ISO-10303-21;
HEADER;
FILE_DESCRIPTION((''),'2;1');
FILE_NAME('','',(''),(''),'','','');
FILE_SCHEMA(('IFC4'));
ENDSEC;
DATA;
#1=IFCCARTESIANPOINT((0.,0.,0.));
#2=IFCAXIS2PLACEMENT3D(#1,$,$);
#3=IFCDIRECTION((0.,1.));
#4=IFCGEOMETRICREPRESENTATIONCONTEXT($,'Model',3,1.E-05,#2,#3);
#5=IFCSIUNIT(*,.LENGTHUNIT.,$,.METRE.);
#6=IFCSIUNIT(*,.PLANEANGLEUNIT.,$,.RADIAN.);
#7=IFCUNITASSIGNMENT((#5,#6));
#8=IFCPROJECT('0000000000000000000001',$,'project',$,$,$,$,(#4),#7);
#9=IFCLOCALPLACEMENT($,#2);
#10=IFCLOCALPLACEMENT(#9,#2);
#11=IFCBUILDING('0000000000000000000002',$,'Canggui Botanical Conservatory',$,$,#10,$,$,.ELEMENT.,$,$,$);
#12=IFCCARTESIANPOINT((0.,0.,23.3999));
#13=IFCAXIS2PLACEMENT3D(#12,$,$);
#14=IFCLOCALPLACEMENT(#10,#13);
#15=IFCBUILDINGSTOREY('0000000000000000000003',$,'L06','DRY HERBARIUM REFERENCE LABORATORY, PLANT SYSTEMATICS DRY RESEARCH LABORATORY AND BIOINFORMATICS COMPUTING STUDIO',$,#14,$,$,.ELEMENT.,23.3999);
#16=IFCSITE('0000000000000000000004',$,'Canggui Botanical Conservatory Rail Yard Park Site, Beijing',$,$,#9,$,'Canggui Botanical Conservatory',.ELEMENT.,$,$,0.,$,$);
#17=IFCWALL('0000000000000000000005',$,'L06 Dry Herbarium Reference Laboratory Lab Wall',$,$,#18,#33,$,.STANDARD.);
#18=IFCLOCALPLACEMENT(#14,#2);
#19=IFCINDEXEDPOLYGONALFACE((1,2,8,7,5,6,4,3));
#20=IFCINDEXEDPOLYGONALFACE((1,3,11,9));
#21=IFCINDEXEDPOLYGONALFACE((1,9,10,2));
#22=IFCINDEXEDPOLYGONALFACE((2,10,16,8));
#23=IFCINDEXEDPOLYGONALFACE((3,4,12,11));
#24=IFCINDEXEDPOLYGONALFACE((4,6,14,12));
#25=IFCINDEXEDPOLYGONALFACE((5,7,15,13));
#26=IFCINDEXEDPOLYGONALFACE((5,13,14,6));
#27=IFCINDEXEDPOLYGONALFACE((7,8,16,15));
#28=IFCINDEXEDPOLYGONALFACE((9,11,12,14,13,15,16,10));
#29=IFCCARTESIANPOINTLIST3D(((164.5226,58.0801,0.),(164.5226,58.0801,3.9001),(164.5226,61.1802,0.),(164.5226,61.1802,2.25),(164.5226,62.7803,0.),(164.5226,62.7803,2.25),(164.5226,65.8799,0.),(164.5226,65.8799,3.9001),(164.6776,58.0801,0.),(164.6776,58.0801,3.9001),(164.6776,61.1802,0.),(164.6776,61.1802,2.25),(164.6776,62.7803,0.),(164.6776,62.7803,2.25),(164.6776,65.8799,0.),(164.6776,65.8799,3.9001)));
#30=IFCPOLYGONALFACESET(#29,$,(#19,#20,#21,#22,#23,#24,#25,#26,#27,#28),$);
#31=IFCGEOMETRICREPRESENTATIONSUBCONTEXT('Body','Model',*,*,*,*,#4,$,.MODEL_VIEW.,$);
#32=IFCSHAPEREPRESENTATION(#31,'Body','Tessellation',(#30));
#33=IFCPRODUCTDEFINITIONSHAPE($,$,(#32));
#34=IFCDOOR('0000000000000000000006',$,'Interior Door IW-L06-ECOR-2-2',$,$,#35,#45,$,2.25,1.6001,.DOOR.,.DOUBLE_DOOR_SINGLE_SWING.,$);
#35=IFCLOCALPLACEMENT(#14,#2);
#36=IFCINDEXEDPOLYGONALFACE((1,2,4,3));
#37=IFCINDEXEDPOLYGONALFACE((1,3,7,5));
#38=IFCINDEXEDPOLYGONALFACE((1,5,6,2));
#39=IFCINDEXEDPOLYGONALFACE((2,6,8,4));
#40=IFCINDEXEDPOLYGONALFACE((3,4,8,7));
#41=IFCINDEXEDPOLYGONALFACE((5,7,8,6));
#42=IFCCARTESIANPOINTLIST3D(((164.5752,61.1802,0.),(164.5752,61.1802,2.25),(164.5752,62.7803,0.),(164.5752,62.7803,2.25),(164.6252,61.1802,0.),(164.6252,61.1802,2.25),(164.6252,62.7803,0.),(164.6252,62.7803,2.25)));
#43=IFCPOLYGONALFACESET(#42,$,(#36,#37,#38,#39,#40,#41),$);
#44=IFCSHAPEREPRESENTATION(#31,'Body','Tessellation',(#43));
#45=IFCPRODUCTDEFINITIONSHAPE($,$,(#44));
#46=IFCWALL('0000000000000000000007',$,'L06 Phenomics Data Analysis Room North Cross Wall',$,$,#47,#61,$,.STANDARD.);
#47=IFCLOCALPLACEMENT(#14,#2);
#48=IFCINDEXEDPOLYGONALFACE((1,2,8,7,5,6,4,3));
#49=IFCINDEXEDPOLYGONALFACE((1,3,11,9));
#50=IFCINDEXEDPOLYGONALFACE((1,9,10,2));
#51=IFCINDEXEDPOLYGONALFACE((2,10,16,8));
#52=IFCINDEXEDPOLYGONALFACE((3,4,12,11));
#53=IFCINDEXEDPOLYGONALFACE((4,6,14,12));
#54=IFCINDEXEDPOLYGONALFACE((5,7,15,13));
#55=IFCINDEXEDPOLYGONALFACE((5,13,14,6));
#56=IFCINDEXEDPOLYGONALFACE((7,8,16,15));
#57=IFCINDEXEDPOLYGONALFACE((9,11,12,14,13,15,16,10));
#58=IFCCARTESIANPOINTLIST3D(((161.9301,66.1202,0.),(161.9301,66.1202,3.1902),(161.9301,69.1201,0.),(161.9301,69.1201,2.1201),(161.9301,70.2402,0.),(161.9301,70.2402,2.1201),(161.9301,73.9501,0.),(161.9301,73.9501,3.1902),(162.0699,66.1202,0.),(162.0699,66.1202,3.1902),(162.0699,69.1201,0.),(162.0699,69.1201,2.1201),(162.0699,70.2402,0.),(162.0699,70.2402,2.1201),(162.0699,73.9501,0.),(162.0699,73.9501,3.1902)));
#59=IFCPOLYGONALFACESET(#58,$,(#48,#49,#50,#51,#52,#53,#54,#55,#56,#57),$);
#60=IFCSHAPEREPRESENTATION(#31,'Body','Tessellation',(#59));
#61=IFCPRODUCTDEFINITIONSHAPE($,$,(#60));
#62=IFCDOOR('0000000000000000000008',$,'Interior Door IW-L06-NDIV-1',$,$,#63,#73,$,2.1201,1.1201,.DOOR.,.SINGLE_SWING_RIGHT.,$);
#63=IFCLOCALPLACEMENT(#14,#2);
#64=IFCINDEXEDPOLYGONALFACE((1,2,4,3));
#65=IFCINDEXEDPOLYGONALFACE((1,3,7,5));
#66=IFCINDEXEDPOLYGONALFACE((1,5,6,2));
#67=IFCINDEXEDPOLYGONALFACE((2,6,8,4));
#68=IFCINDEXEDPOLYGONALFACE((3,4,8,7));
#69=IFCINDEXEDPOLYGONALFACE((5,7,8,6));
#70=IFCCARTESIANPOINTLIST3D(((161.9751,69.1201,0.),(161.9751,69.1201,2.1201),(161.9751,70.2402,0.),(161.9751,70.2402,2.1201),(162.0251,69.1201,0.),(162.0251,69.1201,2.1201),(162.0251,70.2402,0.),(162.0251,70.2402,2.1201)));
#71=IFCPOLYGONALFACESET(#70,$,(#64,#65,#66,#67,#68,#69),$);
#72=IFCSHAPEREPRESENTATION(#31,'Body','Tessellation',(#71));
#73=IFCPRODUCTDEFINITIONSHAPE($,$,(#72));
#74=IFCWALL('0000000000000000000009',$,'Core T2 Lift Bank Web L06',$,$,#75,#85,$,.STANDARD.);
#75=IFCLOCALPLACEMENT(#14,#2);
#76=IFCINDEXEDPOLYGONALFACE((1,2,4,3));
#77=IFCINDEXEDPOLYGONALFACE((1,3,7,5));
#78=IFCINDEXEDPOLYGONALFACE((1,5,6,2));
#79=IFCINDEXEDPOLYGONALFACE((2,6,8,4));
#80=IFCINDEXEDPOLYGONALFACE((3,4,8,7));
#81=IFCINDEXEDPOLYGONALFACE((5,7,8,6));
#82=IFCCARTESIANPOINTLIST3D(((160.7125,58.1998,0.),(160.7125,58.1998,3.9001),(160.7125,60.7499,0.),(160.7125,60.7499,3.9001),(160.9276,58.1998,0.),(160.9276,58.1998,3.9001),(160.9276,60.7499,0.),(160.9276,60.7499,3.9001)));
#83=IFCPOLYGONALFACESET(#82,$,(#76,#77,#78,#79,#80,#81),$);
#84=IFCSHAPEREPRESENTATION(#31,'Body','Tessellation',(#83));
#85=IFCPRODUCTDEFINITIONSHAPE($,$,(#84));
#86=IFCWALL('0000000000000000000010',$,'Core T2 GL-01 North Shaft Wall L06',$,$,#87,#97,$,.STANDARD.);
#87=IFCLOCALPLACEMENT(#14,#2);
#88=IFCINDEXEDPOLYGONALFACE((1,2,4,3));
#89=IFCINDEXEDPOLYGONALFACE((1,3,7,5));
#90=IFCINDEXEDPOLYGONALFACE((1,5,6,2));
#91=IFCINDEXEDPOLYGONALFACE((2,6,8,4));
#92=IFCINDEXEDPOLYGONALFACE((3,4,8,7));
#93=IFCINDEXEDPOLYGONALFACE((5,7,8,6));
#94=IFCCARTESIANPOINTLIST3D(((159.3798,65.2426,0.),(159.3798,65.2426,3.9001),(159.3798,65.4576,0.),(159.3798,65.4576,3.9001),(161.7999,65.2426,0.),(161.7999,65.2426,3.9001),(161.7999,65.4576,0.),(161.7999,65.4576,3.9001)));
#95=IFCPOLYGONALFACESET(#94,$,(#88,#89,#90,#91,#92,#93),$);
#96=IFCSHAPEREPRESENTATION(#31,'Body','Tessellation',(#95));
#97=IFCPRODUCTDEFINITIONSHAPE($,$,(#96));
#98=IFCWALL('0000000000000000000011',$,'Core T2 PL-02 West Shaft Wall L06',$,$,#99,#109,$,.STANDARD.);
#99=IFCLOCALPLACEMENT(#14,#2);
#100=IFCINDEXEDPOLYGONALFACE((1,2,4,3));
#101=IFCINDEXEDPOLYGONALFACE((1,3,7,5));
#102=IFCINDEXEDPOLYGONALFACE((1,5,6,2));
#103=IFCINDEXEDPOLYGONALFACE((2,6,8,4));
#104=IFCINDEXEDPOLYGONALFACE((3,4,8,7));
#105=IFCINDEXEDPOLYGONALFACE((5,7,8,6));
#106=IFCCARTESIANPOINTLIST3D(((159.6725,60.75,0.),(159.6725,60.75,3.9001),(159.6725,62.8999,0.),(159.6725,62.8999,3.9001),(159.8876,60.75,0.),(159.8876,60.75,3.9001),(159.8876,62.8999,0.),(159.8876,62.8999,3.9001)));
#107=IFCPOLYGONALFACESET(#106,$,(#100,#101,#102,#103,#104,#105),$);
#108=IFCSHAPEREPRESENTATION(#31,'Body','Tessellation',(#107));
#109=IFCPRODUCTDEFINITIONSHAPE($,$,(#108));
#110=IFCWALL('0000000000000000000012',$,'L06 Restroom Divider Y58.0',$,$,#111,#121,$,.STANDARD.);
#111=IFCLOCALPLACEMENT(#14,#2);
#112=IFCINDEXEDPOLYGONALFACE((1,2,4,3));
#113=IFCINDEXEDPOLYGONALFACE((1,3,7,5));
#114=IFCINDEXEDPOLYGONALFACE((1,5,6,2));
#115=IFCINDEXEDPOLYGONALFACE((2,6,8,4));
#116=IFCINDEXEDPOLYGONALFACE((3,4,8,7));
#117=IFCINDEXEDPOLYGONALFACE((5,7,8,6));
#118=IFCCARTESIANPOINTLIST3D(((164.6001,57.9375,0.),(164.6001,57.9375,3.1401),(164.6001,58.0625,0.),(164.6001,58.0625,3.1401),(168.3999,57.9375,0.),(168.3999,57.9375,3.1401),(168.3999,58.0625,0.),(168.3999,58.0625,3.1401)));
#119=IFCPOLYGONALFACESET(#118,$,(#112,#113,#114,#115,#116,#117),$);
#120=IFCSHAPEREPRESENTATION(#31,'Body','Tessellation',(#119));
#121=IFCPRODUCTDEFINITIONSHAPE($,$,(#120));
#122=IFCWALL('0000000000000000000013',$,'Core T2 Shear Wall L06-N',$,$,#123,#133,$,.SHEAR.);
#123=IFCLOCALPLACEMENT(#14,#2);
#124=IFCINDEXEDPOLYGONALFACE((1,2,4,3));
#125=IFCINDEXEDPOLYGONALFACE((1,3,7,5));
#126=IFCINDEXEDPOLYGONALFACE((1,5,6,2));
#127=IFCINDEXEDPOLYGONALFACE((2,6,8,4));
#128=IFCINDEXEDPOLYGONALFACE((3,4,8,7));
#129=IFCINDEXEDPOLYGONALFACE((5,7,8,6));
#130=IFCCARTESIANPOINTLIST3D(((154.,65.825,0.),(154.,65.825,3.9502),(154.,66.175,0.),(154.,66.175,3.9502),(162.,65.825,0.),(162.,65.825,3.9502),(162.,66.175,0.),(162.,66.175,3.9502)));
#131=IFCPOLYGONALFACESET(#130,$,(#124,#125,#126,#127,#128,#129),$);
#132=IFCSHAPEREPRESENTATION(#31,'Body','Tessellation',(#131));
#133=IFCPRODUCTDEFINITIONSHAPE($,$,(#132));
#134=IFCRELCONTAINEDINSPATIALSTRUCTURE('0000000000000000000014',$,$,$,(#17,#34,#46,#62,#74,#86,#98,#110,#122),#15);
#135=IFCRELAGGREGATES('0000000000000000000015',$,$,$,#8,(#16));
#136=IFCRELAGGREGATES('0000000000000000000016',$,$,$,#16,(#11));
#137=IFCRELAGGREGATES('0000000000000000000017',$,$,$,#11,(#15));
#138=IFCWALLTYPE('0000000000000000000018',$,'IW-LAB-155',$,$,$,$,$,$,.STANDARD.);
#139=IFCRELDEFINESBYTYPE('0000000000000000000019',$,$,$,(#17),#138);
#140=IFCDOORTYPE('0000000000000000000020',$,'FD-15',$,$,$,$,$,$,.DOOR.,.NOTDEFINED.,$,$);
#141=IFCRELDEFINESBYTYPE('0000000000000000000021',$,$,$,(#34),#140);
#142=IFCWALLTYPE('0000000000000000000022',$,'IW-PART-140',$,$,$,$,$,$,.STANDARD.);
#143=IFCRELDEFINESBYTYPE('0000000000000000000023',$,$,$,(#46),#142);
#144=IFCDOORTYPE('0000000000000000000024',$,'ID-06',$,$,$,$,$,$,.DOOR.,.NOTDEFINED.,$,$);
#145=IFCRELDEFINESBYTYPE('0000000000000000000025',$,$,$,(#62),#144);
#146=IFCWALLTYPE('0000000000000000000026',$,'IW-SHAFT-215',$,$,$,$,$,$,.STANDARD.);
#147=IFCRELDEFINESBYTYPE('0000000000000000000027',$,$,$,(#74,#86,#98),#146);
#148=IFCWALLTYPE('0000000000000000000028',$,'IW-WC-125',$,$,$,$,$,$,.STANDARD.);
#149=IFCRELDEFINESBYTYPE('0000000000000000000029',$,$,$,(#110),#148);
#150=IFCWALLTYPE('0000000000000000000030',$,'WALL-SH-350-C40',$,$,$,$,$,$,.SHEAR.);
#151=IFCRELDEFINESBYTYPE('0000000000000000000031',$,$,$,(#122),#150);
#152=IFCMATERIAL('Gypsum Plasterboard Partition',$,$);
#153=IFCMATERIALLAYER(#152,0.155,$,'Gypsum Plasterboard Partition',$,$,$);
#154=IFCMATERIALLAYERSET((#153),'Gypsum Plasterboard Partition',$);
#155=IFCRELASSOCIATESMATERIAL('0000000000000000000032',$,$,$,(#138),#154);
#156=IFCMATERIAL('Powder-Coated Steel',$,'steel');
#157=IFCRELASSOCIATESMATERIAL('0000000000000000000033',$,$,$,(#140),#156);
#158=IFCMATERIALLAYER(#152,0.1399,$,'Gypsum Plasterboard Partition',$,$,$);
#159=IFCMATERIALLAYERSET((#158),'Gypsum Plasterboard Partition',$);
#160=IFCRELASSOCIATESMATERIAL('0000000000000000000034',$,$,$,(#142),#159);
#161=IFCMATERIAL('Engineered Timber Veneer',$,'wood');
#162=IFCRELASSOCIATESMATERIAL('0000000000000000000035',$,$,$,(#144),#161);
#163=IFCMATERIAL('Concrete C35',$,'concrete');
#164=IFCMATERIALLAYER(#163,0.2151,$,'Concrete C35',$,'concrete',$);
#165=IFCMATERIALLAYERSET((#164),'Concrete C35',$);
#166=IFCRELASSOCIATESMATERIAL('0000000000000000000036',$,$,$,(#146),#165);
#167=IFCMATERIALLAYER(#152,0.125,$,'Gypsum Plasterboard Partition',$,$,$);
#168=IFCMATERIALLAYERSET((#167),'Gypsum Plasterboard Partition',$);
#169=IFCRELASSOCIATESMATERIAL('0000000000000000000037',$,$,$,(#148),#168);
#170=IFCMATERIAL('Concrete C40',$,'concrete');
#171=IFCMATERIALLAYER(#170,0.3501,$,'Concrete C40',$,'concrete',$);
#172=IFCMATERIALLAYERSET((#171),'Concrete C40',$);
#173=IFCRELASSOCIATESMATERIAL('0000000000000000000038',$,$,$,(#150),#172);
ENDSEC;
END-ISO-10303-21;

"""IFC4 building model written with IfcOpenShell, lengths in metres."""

from ifc_helpers import new_model, si_unit, direction, frame, frame_2d, origin, place, context, subcontext, project, spatial, rectangle, extrude, material, layer, layer_set, type_object, element, fill, save


model = new_model("IFC4")

# Units and contexts
model_context = context("Model", 3, precision=1e-05, world=origin(), true_north=direction((0.0, 1.0)))
body_context = subcontext(model_context, "Body", "Model", "MODEL_VIEW")
ifc_project = project(units=[si_unit("LENGTHUNIT", "METRE"), si_unit("PLANEANGLEUNIT", "RADIAN")], contexts=[model_context])

# Site, building, storey
site_placement = place(None, origin())
site = spatial("IfcSite", under=ifc_project, at=site_placement, Name="Canggui Botanical Conservatory Rail Yard Park Site, Beijing", LongName="Canggui Botanical Conservatory", CompositionType="ELEMENT", RefElevation=0.0)
building_placement = place(site_placement, origin())
building = spatial("IfcBuilding", under=site, at=building_placement, Name="Canggui Botanical Conservatory", CompositionType="ELEMENT")
storey_placement = place(building_placement, frame((0.0, 0.0, 23.3999)))
storey = spatial("IfcBuildingStorey", under=building, at=storey_placement, Name="L06", Description="DRY HERBARIUM REFERENCE LABORATORY, PLANT SYSTEMATICS DRY RESEARCH LABORATORY AND BIOINFORMATICS COMPUTING STUDIO", CompositionType="ELEMENT", Elevation=23.3999)

# Shared definitions
ifc_material_1 = material(Name="Concrete C40", Category="concrete")

# Shared definitions
ifc_material_2 = material(Name="Concrete C35", Category="concrete")

# Walls, openings, doors
ifc_material_3 = material(Name="Gypsum Plasterboard Partition")
ifc_material_4 = material(Name="Powder-Coated Steel", Category="steel")
ifc_layer_1 = layer(ifc_material_3, 0.155, Name="Gypsum Plasterboard Partition")
ifc_layer_set_1 = layer_set([ifc_layer_1], Name="Gypsum Plasterboard Partition")
wall_type_1 = type_object("IfcWallType", Name="IW-LAB-155", PredefinedType="STANDARD", material=ifc_layer_set_1)
wall_1_placement = place(storey_placement, frame((164.6001, 58.0801, 0.0), z_axis=(0.0, 0.0, 1.0), x_axis=(0.0, 1.0, 0.0)))
wall_1 = element("IfcWall", 1, at=wall_1_placement, inside=storey, type_object=wall_type_1, Name="L06 Dry Herbarium Reference Laboratory Lab Wall", PredefinedType="STANDARD", context=body_context, shape_type="SweptSolid", body=[
    extrude(rectangle(XDim=7.7998, YDim=0.155, at=frame_2d((3.8999, 0.0))), origin(), (0.0, 0.0, 1.0), 3.9001),
])
opening_1_placement = place(wall_1_placement, frame((3.1001, 0.0, 0.0)))
opening_1 = element("IfcOpeningElement", 2, at=opening_1_placement, cuts=wall_1, PredefinedType="OPENING", context=body_context, shape_type="SweptSolid", body=[
    extrude(rectangle(XDim=1.6001, YDim=2.25, at=frame_2d((0.8, 1.125))), frame((0.0, 0.0874, 0.0), z_axis=(0.0, -1.0, 0.0), x_axis=(1.0, 0.0, 0.0)), (0.0, 0.0, 1.0), 0.175),
])
door_type_1 = type_object("IfcDoorType", Name="FD-15", OperationType="NOTDEFINED", PredefinedType="DOOR", material=ifc_material_4)
door_1_placement = place(opening_1_placement, origin())
door_1 = element("IfcDoor", 3, at=door_1_placement, inside=storey, type_object=door_type_1, Name="Interior Door IW-L06-ECOR-2-2", OperationType="DOUBLE_DOOR_SINGLE_SWING", OverallHeight=2.25, OverallWidth=1.6001, PredefinedType="DOOR", context=body_context, shape_type="SweptSolid", body=[
    extrude(rectangle(XDim=1.6001, YDim=2.25, at=frame_2d((0.8, 1.125))), frame((0.0, 0.0249, 0.0), z_axis=(0.0, -1.0, 0.0), x_axis=(1.0, 0.0, 0.0)), (0.0, 0.0, 1.0), 0.05),
])
fill(opening_1, door_1)
ifc_layer_2 = layer(ifc_material_3, 0.1399, Name="Gypsum Plasterboard Partition")
ifc_layer_set_2 = layer_set([ifc_layer_2], Name="Gypsum Plasterboard Partition")
wall_type_2 = type_object("IfcWallType", Name="IW-PART-140", PredefinedType="STANDARD", material=ifc_layer_set_2)
wall_2_placement = place(storey_placement, frame((162.0, 66.1201, 0.0), z_axis=(0.0, 0.0, 1.0), x_axis=(0.0, 1.0, 0.0)))
wall_2 = element("IfcWall", 4, at=wall_2_placement, inside=storey, type_object=wall_type_2, Name="L06 Phenomics Data Analysis Room North Cross Wall", PredefinedType="STANDARD", context=body_context, shape_type="SweptSolid", body=[
    extrude(rectangle(XDim=7.8298, YDim=0.1399, at=frame_2d((3.915, 0.0))), origin(), (0.0, 0.0, 1.0), 3.1902),
])
opening_2_placement = place(wall_2_placement, frame((3.0, 0.0, 0.0)))
opening_2 = element("IfcOpeningElement", 5, at=opening_2_placement, cuts=wall_2, PredefinedType="OPENING", context=body_context, shape_type="SweptSolid", body=[
    extrude(rectangle(XDim=1.1201, YDim=2.1201, at=frame_2d((0.5601, 1.0601))), frame((0.0, 0.0801, 0.0), z_axis=(0.0, -1.0, 0.0), x_axis=(1.0, 0.0, 0.0)), (0.0, 0.0, 1.0), 0.1599),
])
ifc_material_5 = material(Name="Engineered Timber Veneer", Category="wood")
door_type_2 = type_object("IfcDoorType", Name="ID-06", OperationType="NOTDEFINED", PredefinedType="DOOR", material=ifc_material_5)
door_2_placement = place(opening_2_placement, origin())
door_2 = element("IfcDoor", 6, at=door_2_placement, inside=storey, type_object=door_type_2, Name="Interior Door IW-L06-NDIV-1", OperationType="SINGLE_SWING_RIGHT", OverallHeight=2.1201, OverallWidth=1.1201, PredefinedType="DOOR", context=body_context, shape_type="SweptSolid", body=[
    extrude(rectangle(XDim=1.1201, YDim=2.1201, at=frame_2d((0.5601, 1.0601))), frame((0.0, 0.0249, 0.0), z_axis=(0.0, -1.0, 0.0), x_axis=(1.0, 0.0, 0.0)), (0.0, 0.0, 1.0), 0.05),
])
fill(opening_2, door_2)

# Walls
ifc_layer_3 = layer(ifc_material_2, 0.2151, Name="Concrete C35", Category="concrete")
ifc_layer_set_3 = layer_set([ifc_layer_3], Name="Concrete C35")
wall_type_3 = type_object("IfcWallType", Name="IW-SHAFT-215", PredefinedType="STANDARD", material=ifc_layer_set_3)
wall_3_placement = place(storey_placement, frame((160.8201, 58.2, 0.0), z_axis=(0.0, 0.0, 1.0), x_axis=(0.0, 1.0, 0.0)))
element("IfcWall", 7, at=wall_3_placement, inside=storey, type_object=wall_type_3, Name="Core T2 Lift Bank Web L06", PredefinedType="STANDARD", context=body_context, shape_type="SweptSolid", body=[
    extrude(rectangle(XDim=2.55, YDim=0.2151, at=frame_2d((1.2749, 0.0))), origin(), (0.0, 0.0, 1.0), 3.9001),
])
wall_4_placement = place(storey_placement, frame((159.3799, 65.3501, 0.0), z_axis=(0.0, 0.0, 1.0), x_axis=(1.0, 0.0, 0.0)))
element("IfcWall", 8, at=wall_4_placement, inside=storey, type_object=wall_type_3, Name="Core T2 GL-01 North Shaft Wall L06", PredefinedType="STANDARD", context=body_context, shape_type="SweptSolid", body=[
    extrude(rectangle(XDim=2.4202, YDim=0.2151, at=frame_2d((1.21, 0.0))), origin(), (0.0, 0.0, 1.0), 3.9001),
])
wall_5_placement = place(storey_placement, frame((159.78, 60.75, 0.0), z_axis=(0.0, 0.0, 1.0), x_axis=(0.0, 1.0, 0.0)))
element("IfcWall", 9, at=wall_5_placement, inside=storey, type_object=wall_type_3, Name="Core T2 PL-02 West Shaft Wall L06", PredefinedType="STANDARD", context=body_context, shape_type="SweptSolid", body=[
    extrude(rectangle(XDim=2.1499, YDim=0.2151, at=frame_2d((1.075, 0.0))), origin(), (0.0, 0.0, 1.0), 3.9001),
])
ifc_layer_4 = layer(ifc_material_3, 0.125, Name="Gypsum Plasterboard Partition")
ifc_layer_set_4 = layer_set([ifc_layer_4], Name="Gypsum Plasterboard Partition")
wall_type_4 = type_object("IfcWallType", Name="IW-WC-125", PredefinedType="STANDARD", material=ifc_layer_set_4)
wall_6_placement = place(storey_placement, frame((164.6001, 58.0, 0.0), z_axis=(0.0, 0.0, 1.0), x_axis=(1.0, 0.0, 0.0)))
element("IfcWall", 10, at=wall_6_placement, inside=storey, type_object=wall_type_4, Name="L06 Restroom Divider Y58.0", PredefinedType="STANDARD", context=body_context, shape_type="SweptSolid", body=[
    extrude(rectangle(XDim=3.7998, YDim=0.125, at=frame_2d((1.8999, 0.0))), origin(), (0.0, 0.0, 1.0), 3.1401),
])
ifc_layer_5 = layer(ifc_material_1, 0.3501, Name="Concrete C40", Category="concrete")
ifc_layer_set_5 = layer_set([ifc_layer_5], Name="Concrete C40")
wall_type_5 = type_object("IfcWallType", Name="WALL-SH-350-C40", PredefinedType="SHEAR", material=ifc_layer_set_5)
wall_7_placement = place(storey_placement, frame((162.0, 66.0, 0.0), z_axis=(0.0, 0.0, 1.0), x_axis=(-1.0, 0.0, 0.0)))
element("IfcWall", 11, at=wall_7_placement, inside=storey, type_object=wall_type_5, Name="Core T2 Shear Wall L06-N", PredefinedType="SHEAR", context=body_context, shape_type="SweptSolid", body=[
    extrude(rectangle(XDim=8.0, YDim=0.3501, at=frame_2d((4.0, 0.0))), origin(), (0.0, 0.0, 1.0), 3.9502),
])

save(model, "model.ifc")
